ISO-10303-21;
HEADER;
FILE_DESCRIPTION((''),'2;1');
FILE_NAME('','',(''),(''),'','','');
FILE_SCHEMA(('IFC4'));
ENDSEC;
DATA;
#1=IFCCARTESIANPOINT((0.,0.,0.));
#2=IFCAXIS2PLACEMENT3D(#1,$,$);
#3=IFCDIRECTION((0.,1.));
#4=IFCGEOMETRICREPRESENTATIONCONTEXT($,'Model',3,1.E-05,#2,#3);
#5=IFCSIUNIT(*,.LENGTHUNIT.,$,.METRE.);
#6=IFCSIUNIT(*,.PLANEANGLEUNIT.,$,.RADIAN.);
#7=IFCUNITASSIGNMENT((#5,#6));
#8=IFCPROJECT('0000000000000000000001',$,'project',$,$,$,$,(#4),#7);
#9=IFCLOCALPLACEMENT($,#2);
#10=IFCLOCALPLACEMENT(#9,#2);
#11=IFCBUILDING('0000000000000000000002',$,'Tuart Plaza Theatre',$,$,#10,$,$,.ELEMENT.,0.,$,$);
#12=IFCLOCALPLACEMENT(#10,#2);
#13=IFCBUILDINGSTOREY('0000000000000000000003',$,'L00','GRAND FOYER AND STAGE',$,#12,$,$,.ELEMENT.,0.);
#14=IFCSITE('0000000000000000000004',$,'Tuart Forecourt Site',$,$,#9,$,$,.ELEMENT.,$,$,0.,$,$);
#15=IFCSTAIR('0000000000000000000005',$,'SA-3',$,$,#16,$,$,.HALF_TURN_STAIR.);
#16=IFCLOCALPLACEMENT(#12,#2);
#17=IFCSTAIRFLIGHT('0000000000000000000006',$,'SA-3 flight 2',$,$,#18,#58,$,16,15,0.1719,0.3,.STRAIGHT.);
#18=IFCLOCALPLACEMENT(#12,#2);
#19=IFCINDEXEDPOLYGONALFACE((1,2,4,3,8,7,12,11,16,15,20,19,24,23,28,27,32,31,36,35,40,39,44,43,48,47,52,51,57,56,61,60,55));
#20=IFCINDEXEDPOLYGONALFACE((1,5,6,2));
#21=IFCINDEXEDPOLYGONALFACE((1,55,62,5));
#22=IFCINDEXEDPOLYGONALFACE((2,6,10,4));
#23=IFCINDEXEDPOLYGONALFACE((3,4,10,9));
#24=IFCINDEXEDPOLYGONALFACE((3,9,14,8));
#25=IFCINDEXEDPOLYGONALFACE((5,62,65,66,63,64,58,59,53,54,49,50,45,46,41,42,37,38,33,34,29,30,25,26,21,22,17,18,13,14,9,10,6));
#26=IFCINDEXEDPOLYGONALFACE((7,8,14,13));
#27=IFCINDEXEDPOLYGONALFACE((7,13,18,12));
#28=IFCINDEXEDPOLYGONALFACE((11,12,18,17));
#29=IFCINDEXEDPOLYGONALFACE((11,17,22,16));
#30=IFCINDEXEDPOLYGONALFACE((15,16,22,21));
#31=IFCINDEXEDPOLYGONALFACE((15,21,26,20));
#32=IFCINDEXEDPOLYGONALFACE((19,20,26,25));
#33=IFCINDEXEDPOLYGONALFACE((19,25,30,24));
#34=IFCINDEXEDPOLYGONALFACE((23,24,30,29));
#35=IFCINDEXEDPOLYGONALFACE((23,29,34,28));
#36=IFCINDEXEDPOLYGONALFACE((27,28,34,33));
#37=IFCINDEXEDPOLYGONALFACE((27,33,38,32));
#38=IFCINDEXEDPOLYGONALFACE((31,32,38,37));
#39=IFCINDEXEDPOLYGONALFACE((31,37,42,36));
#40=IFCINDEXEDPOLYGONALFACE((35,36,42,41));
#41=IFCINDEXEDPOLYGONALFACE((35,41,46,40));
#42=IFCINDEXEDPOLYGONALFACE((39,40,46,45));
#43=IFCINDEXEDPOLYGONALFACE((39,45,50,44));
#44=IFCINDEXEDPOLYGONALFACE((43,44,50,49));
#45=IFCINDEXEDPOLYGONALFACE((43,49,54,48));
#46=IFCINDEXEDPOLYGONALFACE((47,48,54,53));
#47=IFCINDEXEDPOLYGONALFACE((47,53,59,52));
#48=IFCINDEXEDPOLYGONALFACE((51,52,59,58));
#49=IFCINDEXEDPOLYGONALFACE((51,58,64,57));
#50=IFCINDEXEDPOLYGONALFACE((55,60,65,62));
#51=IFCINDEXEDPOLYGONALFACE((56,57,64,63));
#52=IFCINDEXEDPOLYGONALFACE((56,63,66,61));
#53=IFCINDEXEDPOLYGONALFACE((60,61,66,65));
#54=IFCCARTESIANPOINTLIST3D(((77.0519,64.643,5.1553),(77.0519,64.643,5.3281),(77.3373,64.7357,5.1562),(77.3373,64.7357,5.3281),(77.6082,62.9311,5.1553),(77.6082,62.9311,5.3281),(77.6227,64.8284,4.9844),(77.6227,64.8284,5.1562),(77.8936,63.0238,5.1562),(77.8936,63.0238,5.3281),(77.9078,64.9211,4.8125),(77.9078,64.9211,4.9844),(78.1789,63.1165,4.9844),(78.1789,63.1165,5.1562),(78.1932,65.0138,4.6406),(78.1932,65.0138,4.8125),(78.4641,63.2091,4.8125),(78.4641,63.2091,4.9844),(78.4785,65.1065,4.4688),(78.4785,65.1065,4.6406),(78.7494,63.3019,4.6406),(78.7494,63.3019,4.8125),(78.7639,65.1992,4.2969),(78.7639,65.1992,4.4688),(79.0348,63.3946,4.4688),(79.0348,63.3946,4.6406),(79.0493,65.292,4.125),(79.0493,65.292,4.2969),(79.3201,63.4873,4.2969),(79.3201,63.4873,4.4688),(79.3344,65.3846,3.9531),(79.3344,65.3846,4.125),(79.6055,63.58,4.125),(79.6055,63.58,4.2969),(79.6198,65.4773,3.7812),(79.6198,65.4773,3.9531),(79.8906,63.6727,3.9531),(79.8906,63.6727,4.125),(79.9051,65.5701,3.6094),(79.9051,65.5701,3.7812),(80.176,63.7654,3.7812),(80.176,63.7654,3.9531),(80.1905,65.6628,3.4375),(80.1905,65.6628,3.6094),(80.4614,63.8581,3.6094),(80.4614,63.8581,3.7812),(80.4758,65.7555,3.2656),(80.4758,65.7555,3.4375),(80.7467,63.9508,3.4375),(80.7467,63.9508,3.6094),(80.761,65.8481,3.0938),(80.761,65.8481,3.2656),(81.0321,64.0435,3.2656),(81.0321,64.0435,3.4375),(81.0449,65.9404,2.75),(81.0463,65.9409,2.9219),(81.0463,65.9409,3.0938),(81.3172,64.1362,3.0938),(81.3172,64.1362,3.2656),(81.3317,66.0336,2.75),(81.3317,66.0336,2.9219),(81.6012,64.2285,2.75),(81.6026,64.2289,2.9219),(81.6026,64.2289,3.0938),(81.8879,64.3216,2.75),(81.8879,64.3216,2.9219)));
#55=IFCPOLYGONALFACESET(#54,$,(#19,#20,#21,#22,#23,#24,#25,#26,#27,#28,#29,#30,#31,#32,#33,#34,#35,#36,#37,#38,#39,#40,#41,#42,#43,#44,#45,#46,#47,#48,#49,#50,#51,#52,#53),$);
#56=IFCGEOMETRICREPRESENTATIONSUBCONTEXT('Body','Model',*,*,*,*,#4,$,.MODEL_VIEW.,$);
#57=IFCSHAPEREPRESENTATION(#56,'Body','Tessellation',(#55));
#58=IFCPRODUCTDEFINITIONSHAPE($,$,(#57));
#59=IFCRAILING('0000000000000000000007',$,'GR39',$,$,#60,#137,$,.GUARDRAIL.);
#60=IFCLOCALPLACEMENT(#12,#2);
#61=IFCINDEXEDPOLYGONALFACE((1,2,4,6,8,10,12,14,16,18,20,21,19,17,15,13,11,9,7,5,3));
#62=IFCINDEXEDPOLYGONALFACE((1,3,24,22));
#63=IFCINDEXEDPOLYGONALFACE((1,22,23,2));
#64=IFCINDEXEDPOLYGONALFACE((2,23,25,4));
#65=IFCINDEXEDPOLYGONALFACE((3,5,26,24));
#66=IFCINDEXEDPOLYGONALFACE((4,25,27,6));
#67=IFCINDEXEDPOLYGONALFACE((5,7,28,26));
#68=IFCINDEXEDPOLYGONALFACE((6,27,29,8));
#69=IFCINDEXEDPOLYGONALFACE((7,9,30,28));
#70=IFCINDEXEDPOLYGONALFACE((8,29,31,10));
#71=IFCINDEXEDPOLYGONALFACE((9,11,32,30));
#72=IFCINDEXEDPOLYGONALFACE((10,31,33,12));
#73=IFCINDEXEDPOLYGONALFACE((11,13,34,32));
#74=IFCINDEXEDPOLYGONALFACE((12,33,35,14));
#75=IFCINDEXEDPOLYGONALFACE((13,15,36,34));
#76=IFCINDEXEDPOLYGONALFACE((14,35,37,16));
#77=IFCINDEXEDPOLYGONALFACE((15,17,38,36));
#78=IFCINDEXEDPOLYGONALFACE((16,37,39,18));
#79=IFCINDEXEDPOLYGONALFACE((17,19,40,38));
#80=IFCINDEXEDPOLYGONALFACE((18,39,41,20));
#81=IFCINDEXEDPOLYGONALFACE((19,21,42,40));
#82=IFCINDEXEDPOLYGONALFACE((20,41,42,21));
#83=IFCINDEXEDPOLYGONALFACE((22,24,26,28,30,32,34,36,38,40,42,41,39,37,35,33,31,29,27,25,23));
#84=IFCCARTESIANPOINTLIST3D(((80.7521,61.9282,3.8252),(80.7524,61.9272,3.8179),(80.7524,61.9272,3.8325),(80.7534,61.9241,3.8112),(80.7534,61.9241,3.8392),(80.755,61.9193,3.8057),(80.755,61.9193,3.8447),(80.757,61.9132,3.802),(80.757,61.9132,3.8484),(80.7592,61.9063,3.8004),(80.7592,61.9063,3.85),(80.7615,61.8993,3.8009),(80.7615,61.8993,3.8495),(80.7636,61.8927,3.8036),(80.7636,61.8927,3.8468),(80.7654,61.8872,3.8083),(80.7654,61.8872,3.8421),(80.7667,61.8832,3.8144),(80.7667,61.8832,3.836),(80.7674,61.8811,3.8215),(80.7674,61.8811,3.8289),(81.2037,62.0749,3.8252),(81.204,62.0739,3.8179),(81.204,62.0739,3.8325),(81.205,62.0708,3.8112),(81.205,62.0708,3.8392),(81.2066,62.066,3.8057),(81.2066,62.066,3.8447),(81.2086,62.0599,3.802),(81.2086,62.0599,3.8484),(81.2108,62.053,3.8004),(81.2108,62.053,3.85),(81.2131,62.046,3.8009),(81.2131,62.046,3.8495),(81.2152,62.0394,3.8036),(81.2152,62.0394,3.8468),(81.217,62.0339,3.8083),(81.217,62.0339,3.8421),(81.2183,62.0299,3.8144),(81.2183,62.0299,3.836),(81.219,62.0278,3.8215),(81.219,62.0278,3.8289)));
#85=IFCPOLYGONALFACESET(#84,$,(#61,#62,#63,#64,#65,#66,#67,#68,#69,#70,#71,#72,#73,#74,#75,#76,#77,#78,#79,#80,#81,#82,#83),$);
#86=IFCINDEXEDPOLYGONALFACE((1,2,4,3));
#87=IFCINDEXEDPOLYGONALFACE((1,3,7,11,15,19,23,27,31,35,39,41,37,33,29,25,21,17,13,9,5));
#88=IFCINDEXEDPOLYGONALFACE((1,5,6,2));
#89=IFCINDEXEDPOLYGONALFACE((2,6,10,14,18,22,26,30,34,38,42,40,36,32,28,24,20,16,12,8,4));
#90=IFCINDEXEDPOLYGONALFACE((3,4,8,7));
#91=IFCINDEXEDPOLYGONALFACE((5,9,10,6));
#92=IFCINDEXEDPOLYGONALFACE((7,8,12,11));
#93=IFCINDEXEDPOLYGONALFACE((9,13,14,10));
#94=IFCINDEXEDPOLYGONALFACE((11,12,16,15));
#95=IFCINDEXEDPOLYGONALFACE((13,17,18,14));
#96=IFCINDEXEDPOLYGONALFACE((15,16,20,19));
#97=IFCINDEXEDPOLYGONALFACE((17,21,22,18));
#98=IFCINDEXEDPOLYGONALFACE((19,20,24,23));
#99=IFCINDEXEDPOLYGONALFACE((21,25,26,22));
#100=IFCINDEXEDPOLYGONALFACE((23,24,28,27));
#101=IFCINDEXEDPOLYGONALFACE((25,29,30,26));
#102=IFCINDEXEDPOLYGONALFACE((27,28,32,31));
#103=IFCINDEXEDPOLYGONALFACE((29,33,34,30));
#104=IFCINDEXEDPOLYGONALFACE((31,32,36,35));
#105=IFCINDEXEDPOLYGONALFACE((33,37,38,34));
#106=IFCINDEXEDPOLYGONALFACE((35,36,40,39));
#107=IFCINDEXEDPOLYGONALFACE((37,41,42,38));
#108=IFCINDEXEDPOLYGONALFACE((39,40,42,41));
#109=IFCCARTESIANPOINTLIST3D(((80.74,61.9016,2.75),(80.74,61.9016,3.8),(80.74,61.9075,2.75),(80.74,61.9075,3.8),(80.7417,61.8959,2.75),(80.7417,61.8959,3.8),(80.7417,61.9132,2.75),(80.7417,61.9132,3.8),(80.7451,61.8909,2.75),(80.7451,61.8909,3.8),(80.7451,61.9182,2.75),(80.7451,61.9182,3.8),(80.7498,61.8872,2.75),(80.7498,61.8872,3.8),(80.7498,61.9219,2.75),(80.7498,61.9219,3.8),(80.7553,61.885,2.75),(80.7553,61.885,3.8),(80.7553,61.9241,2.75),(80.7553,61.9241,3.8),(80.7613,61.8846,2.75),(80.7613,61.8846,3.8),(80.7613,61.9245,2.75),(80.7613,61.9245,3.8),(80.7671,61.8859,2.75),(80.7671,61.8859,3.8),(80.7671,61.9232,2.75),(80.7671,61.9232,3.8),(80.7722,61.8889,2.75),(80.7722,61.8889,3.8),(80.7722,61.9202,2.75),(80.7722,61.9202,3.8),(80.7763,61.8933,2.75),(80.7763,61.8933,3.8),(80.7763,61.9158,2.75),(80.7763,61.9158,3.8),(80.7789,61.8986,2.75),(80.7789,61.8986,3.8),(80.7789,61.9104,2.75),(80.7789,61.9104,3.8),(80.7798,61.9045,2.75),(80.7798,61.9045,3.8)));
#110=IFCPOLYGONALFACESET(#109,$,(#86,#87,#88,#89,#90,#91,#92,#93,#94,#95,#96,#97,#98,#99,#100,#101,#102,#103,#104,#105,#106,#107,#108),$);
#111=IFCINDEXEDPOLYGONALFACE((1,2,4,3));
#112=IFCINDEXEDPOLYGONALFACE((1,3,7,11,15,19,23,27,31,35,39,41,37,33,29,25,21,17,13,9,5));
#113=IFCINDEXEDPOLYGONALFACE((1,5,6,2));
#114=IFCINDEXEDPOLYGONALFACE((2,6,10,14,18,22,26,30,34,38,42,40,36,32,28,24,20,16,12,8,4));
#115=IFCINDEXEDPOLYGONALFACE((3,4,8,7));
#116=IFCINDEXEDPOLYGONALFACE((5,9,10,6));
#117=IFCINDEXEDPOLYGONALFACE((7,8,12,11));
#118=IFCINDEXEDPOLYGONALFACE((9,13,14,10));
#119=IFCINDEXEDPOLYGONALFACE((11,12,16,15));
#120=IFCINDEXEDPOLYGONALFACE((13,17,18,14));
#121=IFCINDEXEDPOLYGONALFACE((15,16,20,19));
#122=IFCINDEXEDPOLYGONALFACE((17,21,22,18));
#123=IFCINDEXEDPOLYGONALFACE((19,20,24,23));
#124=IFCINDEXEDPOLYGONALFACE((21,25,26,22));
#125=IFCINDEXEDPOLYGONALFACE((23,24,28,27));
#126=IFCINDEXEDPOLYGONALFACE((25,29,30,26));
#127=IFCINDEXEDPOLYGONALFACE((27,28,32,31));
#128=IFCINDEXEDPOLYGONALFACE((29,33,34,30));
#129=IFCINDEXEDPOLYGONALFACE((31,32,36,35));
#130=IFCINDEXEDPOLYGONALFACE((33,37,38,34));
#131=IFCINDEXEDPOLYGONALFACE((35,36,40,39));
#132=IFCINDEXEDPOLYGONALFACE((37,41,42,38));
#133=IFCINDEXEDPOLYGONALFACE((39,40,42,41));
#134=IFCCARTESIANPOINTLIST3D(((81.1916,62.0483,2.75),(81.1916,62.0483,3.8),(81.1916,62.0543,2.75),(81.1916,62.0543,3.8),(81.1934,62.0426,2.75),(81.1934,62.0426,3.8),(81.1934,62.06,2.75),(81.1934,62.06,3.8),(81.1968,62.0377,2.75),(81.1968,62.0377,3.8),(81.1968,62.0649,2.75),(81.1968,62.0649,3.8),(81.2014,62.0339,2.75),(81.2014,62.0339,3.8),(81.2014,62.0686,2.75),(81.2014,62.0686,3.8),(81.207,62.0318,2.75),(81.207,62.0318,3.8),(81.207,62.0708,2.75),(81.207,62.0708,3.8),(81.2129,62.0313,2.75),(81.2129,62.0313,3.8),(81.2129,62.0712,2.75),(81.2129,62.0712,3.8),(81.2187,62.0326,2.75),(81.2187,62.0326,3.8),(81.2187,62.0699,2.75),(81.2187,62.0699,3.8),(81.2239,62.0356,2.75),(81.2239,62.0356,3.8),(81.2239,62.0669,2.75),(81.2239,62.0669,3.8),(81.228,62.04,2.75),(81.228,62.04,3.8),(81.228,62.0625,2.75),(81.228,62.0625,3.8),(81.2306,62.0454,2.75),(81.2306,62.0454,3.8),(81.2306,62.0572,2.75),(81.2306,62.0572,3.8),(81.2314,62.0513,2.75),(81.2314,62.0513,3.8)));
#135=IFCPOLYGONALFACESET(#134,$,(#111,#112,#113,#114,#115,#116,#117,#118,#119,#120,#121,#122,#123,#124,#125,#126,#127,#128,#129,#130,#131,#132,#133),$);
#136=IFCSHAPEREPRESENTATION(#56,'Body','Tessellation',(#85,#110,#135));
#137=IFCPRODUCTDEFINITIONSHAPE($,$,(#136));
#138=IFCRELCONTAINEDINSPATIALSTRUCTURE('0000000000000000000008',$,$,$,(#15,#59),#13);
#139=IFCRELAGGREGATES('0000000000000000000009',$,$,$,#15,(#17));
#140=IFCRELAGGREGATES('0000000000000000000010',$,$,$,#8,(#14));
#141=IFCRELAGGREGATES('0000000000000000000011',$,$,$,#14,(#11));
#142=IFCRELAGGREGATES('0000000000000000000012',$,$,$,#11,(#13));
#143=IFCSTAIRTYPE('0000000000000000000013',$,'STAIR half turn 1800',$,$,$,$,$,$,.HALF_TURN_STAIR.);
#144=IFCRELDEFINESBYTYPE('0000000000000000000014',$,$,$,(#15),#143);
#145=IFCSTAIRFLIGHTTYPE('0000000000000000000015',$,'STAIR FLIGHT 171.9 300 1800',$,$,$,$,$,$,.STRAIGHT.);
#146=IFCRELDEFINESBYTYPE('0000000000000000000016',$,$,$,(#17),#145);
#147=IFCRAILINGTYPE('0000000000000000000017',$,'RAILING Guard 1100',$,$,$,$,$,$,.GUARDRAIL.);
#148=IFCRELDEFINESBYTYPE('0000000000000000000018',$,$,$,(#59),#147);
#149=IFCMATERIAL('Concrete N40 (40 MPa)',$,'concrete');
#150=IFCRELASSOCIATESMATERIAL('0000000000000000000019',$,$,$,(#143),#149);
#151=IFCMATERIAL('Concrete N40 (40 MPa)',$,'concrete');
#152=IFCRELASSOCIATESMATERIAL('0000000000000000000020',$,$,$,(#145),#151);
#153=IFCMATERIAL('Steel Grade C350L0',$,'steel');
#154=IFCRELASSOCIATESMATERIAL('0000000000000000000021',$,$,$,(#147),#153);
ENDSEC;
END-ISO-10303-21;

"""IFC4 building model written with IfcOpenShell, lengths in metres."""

from ifc_helpers import new_model, si_unit, direction, frame, origin, origin_2d, place, context, subcontext, project, spatial, polyline, circle, outline, extrude, material, type_object, element, aggregate, save


model = new_model("IFC4")

# Units and contexts
model_context = context("Model", 3, precision=1e-05, world=origin(), true_north=direction((0.0, 1.0)))
body_context = subcontext(model_context, "Body", "Model", "MODEL_VIEW")
ifc_project = project(units=[si_unit("LENGTHUNIT", "METRE"), si_unit("PLANEANGLEUNIT", "RADIAN")], contexts=[model_context])

# Site, building, storey
site_placement = place(None, origin())
site = spatial("IfcSite", under=ifc_project, at=site_placement, Name="Tuart Forecourt Site", CompositionType="ELEMENT", RefElevation=0.0)
building_placement = place(site_placement, origin())
building = spatial("IfcBuilding", under=site, at=building_placement, Name="Tuart Plaza Theatre", CompositionType="ELEMENT", ElevationOfRefHeight=0.0)
storey_placement = place(building_placement, origin())
storey = spatial("IfcBuildingStorey", under=building, at=storey_placement, Name="L00", Description="GRAND FOYER AND STAGE", CompositionType="ELEMENT", Elevation=0.0)

# Stair, stair flight
ifc_material_1 = material(Name="Concrete N40 (40 MPa)", Category="concrete")
stair_type = type_object("IfcStairType", Name="STAIR half turn 1800", PredefinedType="HALF_TURN_STAIR", material=ifc_material_1)
stair_placement = place(storey_placement, origin())
stair = element("IfcStair", 1, at=stair_placement, inside=storey, type_object=stair_type, Name="SA-3", PredefinedType="HALF_TURN_STAIR")
ifc_material_2 = material(Name="Concrete N40 (40 MPa)", Category="concrete")
stair_flight_type = type_object("IfcStairFlightType", Name="STAIR FLIGHT 171.9 300 1800", PredefinedType="STRAIGHT", material=ifc_material_2)
stair_flight_placement = place(storey_placement, frame((81.6099, 65.1775, 2.75), z_axis=(0.0, 0.0, 1.0), x_axis=(-0.951057, -0.309017, 0.0)))
stair_flight = element("IfcStairFlight", 2, at=stair_flight_placement, type_object=stair_flight_type, Name="SA-3 flight 2", NumberOfRisers=16, NumberOfTreads=15, PredefinedType="STRAIGHT", RiserHeight=0.1719, TreadLength=0.3, context=body_context, shape_type="SweptSolid", body=[
    extrude(outline(polyline([(0.0, 0.0), (0.0, 0.1719), (0.3, 0.1719), (0.3, 0.3438), (0.6001, 0.3438), (0.6001, 0.5156), (0.8999, 0.5156), (0.8999, 0.6875), (1.2, 0.6875), (1.2, 0.8594), (1.5, 0.8594), (1.5, 1.0312), (1.8, 1.0312), (1.8, 1.2031), (2.1001, 1.2031), (2.1001, 1.375), (2.3999, 1.375), (2.3999, 1.5469), (2.7, 1.5469), (2.7, 1.7188), (3.0, 1.7188), (3.0, 1.8906), (3.3, 1.8906), (3.3, 2.0625), (3.6001, 2.0625), (3.6001, 2.2344), (3.8999, 2.2344), (3.8999, 2.4062), (4.2, 2.4062), (4.2, 2.5781), (4.5, 2.5781), (4.5, 2.75), (4.5, 2.4053), (0.3015, 0.0), (0.0, 0.0)])), frame((0.0, 0.8999, 0.0), z_axis=(0.0, -1.0, 0.0), x_axis=(1.0, 0.0, 0.0)), (0.0, 0.0, 1.0), 1.8),
])
aggregate(stair, [stair_flight])

# Railing
ifc_material_3 = material(Name="Steel Grade C350L0", Category="steel")
railing_type_1 = type_object("IfcRailingType", Name="RAILING Guard 1100", PredefinedType="GUARDRAIL", material=ifc_material_3)
railing_1_placement = place(storey_placement, frame((80.7598, 61.9045, 2.75)))
element("IfcRailing", 3, at=railing_1_placement, inside=storey, type_object=railing_type_1, Name="GR39", PredefinedType="GUARDRAIL", context=body_context, shape_type="SweptSolid", body=[
    extrude(circle(Radius=0.0249, at=origin_2d()), frame((0.0, 0.0, 1.0752), z_axis=(0.951072, 0.30897, 0.0), x_axis=(-0.30897, 0.951072, 0.0)), (0.0, 0.0, 1.0), 0.4749),
    extrude(circle(Radius=0.02, at=origin_2d()), origin(), (0.0, 0.0, 1.0), 1.05),
    extrude(circle(Radius=0.02, at=origin_2d()), frame((0.4517, 0.1467, 0.0)), (0.0, 0.0, 1.0), 1.05),
])

save(model, "model.ifc")
